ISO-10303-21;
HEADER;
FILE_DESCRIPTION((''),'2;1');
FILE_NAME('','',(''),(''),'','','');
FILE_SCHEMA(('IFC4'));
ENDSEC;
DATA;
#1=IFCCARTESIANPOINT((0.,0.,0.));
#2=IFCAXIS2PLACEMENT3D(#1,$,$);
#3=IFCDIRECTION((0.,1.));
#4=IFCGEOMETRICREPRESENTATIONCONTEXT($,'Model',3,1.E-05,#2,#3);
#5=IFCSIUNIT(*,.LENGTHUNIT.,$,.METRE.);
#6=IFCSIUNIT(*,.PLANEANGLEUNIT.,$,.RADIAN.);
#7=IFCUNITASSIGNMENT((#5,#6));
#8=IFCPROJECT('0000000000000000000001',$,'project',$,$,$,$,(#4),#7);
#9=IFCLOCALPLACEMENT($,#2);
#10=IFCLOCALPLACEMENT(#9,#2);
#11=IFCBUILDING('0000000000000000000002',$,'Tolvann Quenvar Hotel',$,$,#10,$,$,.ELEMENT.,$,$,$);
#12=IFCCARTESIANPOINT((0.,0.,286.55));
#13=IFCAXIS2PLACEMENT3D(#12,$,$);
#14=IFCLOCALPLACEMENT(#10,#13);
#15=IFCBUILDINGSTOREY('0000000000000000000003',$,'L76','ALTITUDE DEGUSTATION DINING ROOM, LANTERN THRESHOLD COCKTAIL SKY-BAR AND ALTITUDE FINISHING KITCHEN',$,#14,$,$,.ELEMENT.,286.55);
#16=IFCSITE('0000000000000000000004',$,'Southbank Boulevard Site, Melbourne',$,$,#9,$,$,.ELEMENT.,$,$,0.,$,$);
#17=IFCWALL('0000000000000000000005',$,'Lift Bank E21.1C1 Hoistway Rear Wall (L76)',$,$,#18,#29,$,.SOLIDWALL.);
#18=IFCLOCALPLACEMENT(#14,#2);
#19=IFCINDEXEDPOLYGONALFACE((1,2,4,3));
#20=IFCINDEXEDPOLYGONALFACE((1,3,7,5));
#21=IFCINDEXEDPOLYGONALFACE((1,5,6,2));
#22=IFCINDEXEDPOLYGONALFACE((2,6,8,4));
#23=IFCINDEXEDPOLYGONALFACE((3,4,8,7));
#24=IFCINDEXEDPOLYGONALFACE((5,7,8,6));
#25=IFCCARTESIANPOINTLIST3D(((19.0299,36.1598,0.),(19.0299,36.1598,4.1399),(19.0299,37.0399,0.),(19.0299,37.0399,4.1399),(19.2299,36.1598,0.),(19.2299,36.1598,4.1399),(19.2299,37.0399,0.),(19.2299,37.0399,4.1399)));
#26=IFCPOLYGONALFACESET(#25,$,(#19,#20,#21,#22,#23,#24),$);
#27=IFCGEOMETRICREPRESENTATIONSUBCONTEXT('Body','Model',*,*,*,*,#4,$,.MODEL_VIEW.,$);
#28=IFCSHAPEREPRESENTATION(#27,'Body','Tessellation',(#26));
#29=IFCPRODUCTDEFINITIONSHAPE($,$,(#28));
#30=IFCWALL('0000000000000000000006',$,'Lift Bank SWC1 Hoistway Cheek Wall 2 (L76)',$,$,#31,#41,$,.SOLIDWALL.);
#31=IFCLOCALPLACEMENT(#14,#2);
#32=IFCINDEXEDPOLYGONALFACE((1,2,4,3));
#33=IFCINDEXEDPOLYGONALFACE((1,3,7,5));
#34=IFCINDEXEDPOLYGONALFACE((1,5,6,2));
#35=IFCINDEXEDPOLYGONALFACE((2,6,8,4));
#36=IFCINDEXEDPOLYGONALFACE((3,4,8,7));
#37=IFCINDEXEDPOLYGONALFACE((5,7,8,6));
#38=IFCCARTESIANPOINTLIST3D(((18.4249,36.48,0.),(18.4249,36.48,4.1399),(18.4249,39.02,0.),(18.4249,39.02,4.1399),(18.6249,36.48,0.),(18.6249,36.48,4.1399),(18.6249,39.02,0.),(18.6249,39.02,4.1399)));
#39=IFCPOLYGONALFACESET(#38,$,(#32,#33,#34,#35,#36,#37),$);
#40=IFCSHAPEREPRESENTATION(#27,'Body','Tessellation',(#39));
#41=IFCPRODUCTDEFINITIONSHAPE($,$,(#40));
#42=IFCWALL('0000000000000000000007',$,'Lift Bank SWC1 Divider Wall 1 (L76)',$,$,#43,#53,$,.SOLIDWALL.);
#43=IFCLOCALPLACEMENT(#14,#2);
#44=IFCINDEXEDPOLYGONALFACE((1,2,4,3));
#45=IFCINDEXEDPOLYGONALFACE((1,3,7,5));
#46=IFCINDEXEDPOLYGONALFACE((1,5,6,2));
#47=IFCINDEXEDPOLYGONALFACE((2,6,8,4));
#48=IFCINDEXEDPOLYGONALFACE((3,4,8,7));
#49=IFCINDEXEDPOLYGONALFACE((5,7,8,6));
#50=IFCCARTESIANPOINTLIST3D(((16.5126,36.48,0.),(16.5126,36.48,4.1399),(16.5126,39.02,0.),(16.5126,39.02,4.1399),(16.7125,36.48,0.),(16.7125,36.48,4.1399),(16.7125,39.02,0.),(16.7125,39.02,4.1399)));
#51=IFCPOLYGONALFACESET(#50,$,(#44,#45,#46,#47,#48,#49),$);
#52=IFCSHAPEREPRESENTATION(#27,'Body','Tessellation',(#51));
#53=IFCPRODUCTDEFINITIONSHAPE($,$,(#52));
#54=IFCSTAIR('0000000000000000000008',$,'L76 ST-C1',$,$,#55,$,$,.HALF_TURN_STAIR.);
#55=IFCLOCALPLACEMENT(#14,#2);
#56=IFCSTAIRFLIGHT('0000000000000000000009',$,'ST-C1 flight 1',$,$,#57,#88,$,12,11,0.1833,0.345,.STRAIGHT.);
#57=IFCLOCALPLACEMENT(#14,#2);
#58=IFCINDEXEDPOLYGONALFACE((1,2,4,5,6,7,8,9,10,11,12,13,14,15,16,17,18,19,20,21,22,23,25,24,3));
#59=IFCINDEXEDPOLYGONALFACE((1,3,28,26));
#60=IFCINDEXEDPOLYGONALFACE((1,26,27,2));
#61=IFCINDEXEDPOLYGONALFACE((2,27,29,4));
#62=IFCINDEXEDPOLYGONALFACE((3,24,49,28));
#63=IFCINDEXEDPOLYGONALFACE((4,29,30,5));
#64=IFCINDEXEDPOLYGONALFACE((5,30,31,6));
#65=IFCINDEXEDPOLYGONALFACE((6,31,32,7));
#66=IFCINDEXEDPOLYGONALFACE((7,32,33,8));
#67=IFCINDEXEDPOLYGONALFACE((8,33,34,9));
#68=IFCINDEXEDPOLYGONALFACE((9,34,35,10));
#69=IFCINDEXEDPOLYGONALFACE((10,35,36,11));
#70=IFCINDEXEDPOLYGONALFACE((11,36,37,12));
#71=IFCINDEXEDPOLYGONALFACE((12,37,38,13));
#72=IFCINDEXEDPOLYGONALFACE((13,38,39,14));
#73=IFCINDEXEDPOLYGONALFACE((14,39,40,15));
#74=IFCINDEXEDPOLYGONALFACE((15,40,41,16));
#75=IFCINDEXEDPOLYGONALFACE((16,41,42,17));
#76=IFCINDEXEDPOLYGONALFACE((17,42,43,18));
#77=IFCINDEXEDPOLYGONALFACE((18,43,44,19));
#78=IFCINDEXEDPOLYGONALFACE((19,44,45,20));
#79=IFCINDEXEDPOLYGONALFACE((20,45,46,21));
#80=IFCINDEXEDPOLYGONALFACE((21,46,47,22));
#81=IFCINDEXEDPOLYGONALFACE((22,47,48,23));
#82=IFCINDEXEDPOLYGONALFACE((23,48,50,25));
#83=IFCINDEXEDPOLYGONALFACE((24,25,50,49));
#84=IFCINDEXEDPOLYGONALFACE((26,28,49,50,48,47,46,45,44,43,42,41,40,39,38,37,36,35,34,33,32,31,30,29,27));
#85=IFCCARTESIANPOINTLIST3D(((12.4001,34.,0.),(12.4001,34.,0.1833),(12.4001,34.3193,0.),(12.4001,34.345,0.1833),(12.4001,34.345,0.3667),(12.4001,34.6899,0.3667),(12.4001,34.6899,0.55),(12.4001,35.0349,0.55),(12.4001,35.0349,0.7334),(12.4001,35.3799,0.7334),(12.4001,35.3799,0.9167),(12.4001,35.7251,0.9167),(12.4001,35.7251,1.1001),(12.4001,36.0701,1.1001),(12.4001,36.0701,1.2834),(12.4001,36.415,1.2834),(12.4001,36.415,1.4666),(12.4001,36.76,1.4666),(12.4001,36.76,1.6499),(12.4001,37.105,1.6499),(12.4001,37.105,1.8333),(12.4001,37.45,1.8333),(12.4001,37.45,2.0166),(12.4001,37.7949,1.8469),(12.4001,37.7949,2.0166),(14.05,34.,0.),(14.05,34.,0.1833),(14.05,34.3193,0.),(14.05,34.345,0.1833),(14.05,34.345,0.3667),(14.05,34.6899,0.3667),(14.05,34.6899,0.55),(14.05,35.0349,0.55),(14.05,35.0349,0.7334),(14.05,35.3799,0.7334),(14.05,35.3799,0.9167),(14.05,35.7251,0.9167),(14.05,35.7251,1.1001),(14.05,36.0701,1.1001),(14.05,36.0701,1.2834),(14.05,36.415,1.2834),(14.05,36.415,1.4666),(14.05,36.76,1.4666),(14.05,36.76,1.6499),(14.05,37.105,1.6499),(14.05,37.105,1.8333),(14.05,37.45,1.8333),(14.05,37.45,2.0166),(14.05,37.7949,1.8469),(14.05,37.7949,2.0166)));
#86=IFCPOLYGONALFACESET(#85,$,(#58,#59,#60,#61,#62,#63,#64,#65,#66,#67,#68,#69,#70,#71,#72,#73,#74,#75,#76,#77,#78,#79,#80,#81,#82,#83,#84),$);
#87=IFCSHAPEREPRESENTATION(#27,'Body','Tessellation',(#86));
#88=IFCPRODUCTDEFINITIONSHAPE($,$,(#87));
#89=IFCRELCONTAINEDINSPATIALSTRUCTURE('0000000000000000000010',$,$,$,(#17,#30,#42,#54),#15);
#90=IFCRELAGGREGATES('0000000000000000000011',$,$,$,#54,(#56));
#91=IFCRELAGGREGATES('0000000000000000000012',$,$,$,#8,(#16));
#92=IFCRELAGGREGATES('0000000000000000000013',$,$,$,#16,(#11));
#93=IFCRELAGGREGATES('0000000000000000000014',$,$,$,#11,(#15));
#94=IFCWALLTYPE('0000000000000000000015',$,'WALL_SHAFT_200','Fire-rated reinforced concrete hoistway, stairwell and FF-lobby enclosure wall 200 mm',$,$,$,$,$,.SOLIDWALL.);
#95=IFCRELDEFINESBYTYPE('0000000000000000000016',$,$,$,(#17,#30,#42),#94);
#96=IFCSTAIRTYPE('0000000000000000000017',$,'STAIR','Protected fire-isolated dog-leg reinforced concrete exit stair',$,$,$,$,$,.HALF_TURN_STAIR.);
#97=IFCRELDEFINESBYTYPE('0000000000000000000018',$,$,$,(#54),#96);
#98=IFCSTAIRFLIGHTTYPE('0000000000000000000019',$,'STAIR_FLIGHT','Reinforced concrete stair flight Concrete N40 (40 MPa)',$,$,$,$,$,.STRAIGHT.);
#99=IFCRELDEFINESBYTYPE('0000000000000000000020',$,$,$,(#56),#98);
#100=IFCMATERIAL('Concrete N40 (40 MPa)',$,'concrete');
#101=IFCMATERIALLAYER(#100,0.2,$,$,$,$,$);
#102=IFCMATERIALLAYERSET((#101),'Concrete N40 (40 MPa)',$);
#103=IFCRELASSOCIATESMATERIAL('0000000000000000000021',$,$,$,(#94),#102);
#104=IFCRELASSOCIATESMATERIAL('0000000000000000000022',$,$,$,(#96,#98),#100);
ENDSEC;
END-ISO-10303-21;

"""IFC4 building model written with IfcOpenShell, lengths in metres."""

from ifc_helpers import new_model, si_unit, direction, frame, frame_2d, origin, place, context, subcontext, project, spatial, polyline, rectangle, outline, extrude, material, layer, layer_set, type_object, element, aggregate, save


model = new_model("IFC4")

# Units and contexts
model_context = context("Model", 3, precision=1e-05, world=origin(), true_north=direction((0.0, 1.0)))
body_context = subcontext(model_context, "Body", "Model", "MODEL_VIEW")
ifc_project = project(units=[si_unit("LENGTHUNIT", "METRE"), si_unit("PLANEANGLEUNIT", "RADIAN")], contexts=[model_context])

# Site, building, storey
site_placement = place(None, origin())
site = spatial("IfcSite", under=ifc_project, at=site_placement, Name="Southbank Boulevard Site, Melbourne", CompositionType="ELEMENT", RefElevation=0.0)
building_placement = place(site_placement, origin())
building = spatial("IfcBuilding", under=site, at=building_placement, Name="Tolvann Quenvar Hotel", CompositionType="ELEMENT")
storey_placement = place(building_placement, frame((0.0, 0.0, 286.55)))
storey = spatial("IfcBuildingStorey", under=building, at=storey_placement, Name="L76", Description="ALTITUDE DEGUSTATION DINING ROOM, LANTERN THRESHOLD COCKTAIL SKY-BAR AND ALTITUDE FINISHING KITCHEN", CompositionType="ELEMENT", Elevation=286.55)

# Wall
ifc_material_1 = material(Name="Concrete N40 (40 MPa)", Category="concrete")
ifc_layer_1 = layer(ifc_material_1, 0.2)
ifc_layer_set_1 = layer_set([ifc_layer_1], Name="Concrete N40 (40 MPa)")
wall_type_1 = type_object("IfcWallType", Name="WALL_SHAFT_200", Description="Fire-rated reinforced concrete hoistway, stairwell and FF-lobby enclosure wall 200 mm", PredefinedType="SOLIDWALL", material=ifc_layer_set_1)
wall_1_placement = place(storey_placement, frame((19.1299, 36.1599, 0.0), z_axis=(0.0, 0.0, 1.0), x_axis=(0.0, 1.0, 0.0)))
element("IfcWall", 1, at=wall_1_placement, inside=storey, type_object=wall_type_1, Name="Lift Bank E21.1C1 Hoistway Rear Wall (L76)", PredefinedType="SOLIDWALL", context=body_context, shape_type="SweptSolid", body=[
    extrude(rectangle(XDim=0.8801, YDim=0.2, at=frame_2d((0.4399, 0.0))), origin(), (0.0, 0.0, 1.0), 4.1399),
])

# Walls
for number, where, z_axis, x_axis, name in (
    (2, (18.5249, 36.48, 0.0), (0.0, 0.0, 1.0), (0.0, 1.0, 0.0), "Lift Bank SWC1 Hoistway Cheek Wall 2 (L76)"),
    (3, (16.6125, 36.48, 0.0), (0.0, 0.0, 1.0), (0.0, 1.0, 0.0), "Lift Bank SWC1 Divider Wall 1 (L76)"),
):
    element("IfcWall", number, at=place(storey_placement, frame(where, z_axis=z_axis, x_axis=x_axis)), inside=storey, type_object=wall_type_1, Name=name, PredefinedType="SOLIDWALL", context=body_context, shape_type="SweptSolid", body=[
        extrude(rectangle(XDim=2.54, YDim=0.2, at=frame_2d((1.27, 0.0))), origin(), (0.0, 0.0, 1.0), 4.1399),
    ])

# Stair, stair flight
stair_type = type_object("IfcStairType", Name="STAIR", Description="Protected fire-isolated dog-leg reinforced concrete exit stair", PredefinedType="HALF_TURN_STAIR", material=ifc_material_1)
stair_placement = place(storey_placement, origin())
stair = element("IfcStair", 4, at=stair_placement, inside=storey, type_object=stair_type, Name="L76 ST-C1", PredefinedType="HALF_TURN_STAIR")
stair_flight_type = type_object("IfcStairFlightType", Name="STAIR_FLIGHT", Description="Reinforced concrete stair flight Concrete N40 (40 MPa)", PredefinedType="STRAIGHT", material=ifc_material_1)
stair_flight_placement = place(storey_placement, frame((13.2251, 34.0, 0.0), z_axis=(0.0, 0.0, 1.0), x_axis=(0.0, 1.0, 0.0)))
stair_flight = element("IfcStairFlight", 5, at=stair_flight_placement, type_object=stair_flight_type, Name="ST-C1 flight 1", NumberOfRisers=12, NumberOfTreads=11, PredefinedType="STRAIGHT", RiserHeight=0.1833, TreadLength=0.345, context=body_context, shape_type="SweptSolid", body=[
    extrude(outline(polyline([(0.0, 0.0), (0.0, 0.1833), (0.345, 0.1833), (0.345, 0.3667), (0.6899, 0.3667), (0.6899, 0.55), (1.0349, 0.55), (1.0349, 0.7334), (1.3799, 0.7334), (1.3799, 0.9167), (1.7251, 0.9167), (1.7251, 1.1001), (2.0701, 1.1001), (2.0701, 1.2834), (2.415, 1.2834), (2.415, 1.4666), (2.76, 1.4666), (2.76, 1.6499), (3.105, 1.6499), (3.105, 1.8333), (3.45, 1.8333), (3.45, 2.0166), (3.7949, 2.0166), (3.7949, 2.2), (3.7949, 1.8469), (0.3193, 0.0), (0.0, 0.0)])), frame((0.0, 0.825, 0.0), z_axis=(0.0, -1.0, 0.0), x_axis=(1.0, 0.0, 0.0)), (0.0, 0.0, 1.0), 1.6499),
])
aggregate(stair, [stair_flight])

save(model, "model.ifc")
